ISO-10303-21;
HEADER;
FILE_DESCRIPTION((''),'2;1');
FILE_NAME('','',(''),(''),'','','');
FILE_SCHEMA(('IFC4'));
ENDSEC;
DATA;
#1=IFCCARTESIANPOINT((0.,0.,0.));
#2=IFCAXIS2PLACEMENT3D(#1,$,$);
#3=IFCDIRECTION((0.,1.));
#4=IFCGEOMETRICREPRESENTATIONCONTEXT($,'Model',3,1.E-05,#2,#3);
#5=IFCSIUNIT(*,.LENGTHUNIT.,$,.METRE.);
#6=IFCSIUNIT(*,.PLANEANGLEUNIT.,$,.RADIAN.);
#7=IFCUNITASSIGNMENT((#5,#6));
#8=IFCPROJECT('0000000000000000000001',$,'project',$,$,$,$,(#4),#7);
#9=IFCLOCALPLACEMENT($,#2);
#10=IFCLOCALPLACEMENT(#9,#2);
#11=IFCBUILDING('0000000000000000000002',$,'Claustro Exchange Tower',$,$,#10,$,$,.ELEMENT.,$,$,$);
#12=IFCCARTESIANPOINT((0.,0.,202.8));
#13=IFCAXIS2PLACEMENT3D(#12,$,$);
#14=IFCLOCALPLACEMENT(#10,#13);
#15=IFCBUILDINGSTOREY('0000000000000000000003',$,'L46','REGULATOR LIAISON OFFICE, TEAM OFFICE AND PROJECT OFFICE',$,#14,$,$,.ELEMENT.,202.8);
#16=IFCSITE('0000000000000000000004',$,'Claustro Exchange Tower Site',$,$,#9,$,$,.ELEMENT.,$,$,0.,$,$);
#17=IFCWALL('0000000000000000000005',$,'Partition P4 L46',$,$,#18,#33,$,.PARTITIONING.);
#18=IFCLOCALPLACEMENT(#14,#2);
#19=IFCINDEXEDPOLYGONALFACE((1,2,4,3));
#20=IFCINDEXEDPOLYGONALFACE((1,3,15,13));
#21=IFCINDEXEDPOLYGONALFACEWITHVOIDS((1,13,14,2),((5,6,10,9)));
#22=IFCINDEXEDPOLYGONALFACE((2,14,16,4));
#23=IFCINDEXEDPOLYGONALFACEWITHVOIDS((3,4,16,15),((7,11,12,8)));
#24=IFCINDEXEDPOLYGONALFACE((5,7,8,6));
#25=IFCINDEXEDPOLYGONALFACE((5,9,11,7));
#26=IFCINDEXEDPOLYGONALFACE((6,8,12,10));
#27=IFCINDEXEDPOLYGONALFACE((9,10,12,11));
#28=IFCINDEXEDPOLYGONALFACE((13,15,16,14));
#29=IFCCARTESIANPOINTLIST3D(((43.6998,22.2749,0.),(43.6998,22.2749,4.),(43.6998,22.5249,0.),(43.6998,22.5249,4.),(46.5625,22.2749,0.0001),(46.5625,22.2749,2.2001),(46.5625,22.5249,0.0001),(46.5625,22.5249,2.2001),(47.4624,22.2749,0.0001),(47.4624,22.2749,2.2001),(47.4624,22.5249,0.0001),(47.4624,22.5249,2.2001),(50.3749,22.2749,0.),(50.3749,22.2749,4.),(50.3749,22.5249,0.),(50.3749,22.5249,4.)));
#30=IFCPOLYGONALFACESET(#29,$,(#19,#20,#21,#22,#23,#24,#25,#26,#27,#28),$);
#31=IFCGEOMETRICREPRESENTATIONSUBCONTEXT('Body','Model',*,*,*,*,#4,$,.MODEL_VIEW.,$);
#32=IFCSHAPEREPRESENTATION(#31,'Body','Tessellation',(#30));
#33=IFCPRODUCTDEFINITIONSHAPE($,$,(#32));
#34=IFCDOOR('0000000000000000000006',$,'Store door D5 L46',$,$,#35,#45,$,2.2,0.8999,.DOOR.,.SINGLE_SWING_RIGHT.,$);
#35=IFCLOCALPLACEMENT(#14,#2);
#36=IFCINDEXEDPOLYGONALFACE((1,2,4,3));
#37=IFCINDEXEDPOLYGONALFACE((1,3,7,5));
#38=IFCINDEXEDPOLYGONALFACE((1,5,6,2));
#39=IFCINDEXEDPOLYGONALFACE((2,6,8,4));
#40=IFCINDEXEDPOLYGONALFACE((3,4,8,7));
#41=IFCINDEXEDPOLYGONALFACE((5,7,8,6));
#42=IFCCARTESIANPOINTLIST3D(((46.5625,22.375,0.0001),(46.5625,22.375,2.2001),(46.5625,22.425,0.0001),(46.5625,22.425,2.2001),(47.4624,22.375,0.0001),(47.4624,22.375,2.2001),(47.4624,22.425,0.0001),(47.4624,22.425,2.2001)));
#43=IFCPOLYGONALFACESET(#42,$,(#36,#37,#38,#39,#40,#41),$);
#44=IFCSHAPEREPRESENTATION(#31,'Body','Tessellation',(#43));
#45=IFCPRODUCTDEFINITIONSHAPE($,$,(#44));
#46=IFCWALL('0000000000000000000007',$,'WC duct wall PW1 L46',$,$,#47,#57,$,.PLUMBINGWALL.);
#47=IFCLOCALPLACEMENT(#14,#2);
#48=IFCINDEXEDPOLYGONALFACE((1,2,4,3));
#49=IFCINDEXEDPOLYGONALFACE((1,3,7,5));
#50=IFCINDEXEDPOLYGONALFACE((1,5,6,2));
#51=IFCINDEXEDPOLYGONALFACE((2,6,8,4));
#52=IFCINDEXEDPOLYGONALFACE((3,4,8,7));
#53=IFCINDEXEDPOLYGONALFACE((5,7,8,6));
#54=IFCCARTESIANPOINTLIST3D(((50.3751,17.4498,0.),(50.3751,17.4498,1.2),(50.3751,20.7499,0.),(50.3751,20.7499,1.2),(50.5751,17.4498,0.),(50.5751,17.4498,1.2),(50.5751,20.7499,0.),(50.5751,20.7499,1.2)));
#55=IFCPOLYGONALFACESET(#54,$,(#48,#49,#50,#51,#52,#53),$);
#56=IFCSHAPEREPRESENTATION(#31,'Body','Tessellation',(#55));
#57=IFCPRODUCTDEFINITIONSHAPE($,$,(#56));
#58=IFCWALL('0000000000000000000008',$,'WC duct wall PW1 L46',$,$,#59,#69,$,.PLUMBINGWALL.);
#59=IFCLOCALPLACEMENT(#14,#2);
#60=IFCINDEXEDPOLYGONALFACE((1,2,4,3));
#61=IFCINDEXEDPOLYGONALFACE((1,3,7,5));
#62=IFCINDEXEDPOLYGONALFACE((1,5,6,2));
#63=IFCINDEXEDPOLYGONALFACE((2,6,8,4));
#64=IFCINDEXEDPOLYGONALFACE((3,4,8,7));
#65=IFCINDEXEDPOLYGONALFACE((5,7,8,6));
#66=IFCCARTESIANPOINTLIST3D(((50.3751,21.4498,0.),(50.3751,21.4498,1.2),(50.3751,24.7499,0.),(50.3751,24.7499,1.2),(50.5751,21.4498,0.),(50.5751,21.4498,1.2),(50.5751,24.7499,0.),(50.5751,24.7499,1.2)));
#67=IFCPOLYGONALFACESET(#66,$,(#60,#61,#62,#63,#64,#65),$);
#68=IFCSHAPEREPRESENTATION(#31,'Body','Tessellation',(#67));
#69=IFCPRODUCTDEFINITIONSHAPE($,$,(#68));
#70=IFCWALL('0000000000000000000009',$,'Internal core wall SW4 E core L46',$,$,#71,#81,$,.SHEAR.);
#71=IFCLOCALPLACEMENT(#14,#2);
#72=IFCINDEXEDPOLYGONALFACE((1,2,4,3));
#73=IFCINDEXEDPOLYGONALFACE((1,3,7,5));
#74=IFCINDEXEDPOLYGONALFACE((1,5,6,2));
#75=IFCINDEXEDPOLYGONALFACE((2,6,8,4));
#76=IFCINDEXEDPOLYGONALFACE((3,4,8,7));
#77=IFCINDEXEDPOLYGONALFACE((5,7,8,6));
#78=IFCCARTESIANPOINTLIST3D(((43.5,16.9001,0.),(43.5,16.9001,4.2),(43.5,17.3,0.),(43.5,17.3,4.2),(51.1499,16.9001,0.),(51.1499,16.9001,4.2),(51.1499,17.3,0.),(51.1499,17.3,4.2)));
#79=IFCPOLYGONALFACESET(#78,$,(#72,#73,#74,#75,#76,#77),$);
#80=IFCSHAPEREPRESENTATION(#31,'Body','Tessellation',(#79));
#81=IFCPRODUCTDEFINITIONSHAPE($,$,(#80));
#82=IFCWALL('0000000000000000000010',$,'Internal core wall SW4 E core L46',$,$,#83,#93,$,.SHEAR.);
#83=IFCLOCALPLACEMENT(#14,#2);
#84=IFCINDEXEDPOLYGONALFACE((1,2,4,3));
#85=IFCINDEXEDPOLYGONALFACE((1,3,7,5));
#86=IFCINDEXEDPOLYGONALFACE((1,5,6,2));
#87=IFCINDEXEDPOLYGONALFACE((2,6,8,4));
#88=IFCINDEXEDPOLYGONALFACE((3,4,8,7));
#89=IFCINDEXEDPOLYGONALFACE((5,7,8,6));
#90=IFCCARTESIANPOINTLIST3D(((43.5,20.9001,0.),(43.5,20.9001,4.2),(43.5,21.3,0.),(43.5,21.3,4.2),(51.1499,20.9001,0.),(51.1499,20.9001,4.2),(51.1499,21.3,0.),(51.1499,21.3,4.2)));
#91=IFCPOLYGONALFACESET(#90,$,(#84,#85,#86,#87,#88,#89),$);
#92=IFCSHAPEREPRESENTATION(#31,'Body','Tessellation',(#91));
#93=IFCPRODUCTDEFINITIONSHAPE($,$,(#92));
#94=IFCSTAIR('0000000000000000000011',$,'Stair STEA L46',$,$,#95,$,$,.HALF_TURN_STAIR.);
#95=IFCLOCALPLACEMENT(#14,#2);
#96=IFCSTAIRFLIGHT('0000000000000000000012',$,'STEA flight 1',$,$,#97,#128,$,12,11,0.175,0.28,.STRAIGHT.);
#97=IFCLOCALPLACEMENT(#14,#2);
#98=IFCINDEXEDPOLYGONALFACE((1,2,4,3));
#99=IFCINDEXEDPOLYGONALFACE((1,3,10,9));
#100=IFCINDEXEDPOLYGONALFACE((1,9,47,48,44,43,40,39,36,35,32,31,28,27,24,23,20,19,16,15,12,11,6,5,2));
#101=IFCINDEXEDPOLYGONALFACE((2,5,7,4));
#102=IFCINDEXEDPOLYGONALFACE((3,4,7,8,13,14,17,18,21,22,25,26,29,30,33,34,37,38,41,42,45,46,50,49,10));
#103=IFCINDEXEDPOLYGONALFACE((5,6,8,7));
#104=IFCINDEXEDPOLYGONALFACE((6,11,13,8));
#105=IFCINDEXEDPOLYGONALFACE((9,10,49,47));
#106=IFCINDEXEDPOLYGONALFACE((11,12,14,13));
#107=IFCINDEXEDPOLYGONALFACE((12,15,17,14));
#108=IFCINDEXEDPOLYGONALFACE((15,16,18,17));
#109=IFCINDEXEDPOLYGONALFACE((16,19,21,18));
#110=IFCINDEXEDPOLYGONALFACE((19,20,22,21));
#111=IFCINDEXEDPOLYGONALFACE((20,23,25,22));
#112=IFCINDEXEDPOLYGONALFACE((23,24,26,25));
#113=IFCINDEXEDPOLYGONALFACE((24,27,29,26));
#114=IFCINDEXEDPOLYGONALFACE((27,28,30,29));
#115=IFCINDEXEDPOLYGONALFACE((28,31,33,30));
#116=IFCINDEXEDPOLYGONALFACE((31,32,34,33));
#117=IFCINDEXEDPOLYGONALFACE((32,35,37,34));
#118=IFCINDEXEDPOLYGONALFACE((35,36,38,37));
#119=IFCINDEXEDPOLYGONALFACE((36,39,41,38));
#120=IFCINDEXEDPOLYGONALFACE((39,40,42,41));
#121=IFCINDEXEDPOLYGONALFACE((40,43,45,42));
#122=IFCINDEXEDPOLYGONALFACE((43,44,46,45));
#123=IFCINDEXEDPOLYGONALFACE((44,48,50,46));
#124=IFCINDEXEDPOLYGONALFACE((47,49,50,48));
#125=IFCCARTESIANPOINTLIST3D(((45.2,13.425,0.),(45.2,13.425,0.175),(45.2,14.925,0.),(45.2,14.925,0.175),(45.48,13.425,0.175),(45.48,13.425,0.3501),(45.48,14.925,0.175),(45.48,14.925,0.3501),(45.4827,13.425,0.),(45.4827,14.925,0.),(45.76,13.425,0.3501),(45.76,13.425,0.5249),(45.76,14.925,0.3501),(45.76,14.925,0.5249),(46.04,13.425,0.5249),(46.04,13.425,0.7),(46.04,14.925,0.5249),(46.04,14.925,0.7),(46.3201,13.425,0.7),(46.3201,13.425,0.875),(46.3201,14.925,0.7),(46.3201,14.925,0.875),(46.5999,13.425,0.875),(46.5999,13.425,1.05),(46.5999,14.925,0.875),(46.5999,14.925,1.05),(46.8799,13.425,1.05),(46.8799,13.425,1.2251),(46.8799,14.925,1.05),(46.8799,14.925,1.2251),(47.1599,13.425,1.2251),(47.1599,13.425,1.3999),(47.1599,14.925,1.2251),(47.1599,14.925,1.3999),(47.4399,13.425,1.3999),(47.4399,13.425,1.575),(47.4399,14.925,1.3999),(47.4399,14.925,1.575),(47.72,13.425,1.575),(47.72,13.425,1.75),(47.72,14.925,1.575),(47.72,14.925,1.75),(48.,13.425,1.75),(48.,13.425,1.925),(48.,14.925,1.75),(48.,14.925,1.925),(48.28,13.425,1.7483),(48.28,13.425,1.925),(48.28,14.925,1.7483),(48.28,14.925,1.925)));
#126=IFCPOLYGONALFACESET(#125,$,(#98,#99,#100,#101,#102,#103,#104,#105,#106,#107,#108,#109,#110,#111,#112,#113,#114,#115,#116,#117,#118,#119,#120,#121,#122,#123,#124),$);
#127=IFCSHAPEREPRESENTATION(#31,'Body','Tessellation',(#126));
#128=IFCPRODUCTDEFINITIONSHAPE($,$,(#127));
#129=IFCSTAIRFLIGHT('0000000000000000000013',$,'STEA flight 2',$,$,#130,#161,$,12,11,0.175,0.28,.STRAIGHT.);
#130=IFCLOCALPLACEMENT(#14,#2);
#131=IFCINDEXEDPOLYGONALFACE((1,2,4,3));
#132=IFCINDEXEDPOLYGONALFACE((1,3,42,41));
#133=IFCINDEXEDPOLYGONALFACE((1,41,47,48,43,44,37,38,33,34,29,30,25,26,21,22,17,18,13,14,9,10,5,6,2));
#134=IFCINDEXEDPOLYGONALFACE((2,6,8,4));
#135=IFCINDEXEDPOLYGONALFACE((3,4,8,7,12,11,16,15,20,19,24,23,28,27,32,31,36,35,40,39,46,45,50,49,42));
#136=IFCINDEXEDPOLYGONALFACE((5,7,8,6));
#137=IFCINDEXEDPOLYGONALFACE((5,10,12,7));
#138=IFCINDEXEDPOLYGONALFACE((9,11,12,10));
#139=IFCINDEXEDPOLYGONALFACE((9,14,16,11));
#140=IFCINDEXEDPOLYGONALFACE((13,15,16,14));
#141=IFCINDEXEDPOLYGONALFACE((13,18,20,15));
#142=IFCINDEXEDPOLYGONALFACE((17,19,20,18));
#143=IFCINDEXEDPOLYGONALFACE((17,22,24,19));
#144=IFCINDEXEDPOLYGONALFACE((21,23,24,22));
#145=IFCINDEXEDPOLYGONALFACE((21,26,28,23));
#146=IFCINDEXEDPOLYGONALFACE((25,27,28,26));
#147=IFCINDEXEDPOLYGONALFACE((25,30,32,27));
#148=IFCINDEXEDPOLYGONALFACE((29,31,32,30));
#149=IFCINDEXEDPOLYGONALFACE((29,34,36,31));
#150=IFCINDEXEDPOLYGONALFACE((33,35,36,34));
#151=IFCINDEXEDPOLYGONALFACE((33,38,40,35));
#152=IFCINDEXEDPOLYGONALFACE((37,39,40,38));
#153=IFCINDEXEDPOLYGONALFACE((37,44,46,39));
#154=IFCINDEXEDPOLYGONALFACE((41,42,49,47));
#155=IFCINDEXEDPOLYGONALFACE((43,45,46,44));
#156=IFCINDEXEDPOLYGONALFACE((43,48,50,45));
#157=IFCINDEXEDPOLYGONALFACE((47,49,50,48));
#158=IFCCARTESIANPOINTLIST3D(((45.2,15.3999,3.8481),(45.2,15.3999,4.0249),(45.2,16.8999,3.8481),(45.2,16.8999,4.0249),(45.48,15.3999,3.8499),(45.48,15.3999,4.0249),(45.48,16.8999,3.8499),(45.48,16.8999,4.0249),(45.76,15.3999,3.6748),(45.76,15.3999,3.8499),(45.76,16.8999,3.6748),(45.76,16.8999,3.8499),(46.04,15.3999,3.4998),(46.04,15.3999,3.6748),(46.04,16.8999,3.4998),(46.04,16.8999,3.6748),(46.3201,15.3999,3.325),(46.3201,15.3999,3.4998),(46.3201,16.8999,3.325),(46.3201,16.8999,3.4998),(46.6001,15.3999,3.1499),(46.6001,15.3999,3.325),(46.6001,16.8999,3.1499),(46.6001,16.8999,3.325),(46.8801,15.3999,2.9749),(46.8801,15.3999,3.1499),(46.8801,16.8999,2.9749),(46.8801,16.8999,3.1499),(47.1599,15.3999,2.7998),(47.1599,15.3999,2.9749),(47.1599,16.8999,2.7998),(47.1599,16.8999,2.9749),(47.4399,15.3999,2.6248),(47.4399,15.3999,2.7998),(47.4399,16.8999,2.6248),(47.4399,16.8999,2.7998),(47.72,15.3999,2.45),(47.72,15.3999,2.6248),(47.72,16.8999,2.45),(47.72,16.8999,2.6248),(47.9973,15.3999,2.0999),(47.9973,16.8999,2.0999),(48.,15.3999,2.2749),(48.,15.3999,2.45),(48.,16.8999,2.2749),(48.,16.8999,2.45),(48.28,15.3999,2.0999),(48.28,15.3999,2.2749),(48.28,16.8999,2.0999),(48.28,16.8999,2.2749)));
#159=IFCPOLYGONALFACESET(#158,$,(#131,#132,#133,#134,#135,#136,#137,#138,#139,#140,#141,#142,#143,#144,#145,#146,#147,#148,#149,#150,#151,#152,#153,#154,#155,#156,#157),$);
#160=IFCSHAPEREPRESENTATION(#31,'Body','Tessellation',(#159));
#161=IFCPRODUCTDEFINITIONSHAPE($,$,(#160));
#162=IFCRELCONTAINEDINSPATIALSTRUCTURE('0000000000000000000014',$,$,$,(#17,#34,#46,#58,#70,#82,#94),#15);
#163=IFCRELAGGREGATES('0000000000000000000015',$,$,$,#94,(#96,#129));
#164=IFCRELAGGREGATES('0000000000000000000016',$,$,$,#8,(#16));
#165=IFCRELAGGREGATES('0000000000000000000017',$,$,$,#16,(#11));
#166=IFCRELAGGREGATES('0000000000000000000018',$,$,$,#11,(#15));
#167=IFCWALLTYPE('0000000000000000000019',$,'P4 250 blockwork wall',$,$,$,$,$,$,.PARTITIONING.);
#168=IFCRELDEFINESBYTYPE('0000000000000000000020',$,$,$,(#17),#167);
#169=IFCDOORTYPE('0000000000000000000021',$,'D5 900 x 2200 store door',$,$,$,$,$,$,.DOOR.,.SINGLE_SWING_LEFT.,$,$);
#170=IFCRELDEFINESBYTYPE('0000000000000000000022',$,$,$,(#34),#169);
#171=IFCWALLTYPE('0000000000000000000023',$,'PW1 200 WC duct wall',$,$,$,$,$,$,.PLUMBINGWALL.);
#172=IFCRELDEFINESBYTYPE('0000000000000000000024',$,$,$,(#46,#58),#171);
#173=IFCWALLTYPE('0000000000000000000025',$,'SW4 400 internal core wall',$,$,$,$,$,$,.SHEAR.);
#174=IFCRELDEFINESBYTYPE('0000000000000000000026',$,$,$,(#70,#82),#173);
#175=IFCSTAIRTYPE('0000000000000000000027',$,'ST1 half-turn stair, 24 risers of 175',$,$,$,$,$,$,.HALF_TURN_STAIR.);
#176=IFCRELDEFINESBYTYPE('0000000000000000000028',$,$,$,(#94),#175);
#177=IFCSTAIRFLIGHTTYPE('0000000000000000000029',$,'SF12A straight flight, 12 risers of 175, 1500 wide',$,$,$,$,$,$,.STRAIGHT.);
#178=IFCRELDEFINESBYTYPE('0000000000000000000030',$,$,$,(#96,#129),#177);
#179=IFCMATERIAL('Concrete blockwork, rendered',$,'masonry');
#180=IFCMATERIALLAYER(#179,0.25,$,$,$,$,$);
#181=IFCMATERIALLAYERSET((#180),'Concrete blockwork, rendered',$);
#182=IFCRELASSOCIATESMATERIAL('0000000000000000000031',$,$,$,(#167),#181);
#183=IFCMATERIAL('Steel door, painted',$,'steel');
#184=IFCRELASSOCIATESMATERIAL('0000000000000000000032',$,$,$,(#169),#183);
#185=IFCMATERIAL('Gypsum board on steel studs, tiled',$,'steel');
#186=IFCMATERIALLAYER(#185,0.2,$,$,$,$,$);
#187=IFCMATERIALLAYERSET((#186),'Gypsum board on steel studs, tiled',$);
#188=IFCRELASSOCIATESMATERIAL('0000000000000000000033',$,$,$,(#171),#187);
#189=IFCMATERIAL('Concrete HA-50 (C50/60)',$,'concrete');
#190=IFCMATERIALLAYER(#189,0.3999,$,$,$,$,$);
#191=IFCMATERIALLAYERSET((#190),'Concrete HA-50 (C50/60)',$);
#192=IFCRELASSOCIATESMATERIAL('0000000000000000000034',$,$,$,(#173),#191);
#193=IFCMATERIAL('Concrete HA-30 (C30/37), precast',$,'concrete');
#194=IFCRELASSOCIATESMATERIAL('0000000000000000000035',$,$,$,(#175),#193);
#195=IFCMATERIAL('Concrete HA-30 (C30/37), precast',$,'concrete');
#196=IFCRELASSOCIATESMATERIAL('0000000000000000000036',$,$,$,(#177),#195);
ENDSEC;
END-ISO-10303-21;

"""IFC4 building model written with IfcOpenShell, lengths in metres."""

from ifc_helpers import new_model, si_unit, direction, frame, frame_2d, origin, place, context, subcontext, project, spatial, polyline, rectangle, outline, extrude, material, layer, layer_set, type_object, element, fill, aggregate, save


model = new_model("IFC4")

# Units and contexts
model_context = context("Model", 3, precision=1e-05, world=origin(), true_north=direction((0.0, 1.0)))
body_context = subcontext(model_context, "Body", "Model", "MODEL_VIEW")
ifc_project = project(units=[si_unit("LENGTHUNIT", "METRE"), si_unit("PLANEANGLEUNIT", "RADIAN")], contexts=[model_context])

# Site, building, storey
site_placement = place(None, origin())
site = spatial("IfcSite", under=ifc_project, at=site_placement, Name="Claustro Exchange Tower Site", CompositionType="ELEMENT", RefElevation=0.0)
building_placement = place(site_placement, origin())
building = spatial("IfcBuilding", under=site, at=building_placement, Name="Claustro Exchange Tower", CompositionType="ELEMENT")
storey_placement = place(building_placement, frame((0.0, 0.0, 202.8)))
storey = spatial("IfcBuildingStorey", under=building, at=storey_placement, Name="L46", Description="REGULATOR LIAISON OFFICE, TEAM OFFICE AND PROJECT OFFICE", CompositionType="ELEMENT", Elevation=202.8)

# Wall, opening, door
ifc_material_1 = material(Name="Concrete blockwork, rendered", Category="masonry")
ifc_layer_1 = layer(ifc_material_1, 0.25)
ifc_layer_set_1 = layer_set([ifc_layer_1], Name="Concrete blockwork, rendered")
wall_type_1 = type_object("IfcWallType", Name="P4 250 blockwork wall", PredefinedType="PARTITIONING", material=ifc_layer_set_1)
wall_placement = place(storey_placement, frame((43.7, 22.3999, 0.0), z_axis=(0.0, 0.0, 1.0), x_axis=(1.0, 0.0, 0.0)))
wall = element("IfcWall", 1, at=wall_placement, inside=storey, type_object=wall_type_1, Name="Partition P4 L46", PredefinedType="PARTITIONING", context=body_context, shape_type="SweptSolid", body=[
    extrude(rectangle(XDim=6.675, YDim=0.25, at=frame_2d((3.3374, 0.0))), origin(), (0.0, 0.0, 1.0), 4.0),
])
opening_placement = place(wall_placement, frame((2.8625, 0.0, 0.0)))
opening = element("IfcOpeningElement", 2, at=opening_placement, cuts=wall, PredefinedType="OPENING", context=body_context, shape_type="SweptSolid", body=[
    extrude(rectangle(XDim=0.8999, YDim=2.2, at=frame_2d((0.45, 1.1001))), frame((0.0, 0.135, 0.0), z_axis=(0.0, -1.0, 0.0), x_axis=(1.0, 0.0, 0.0)), (0.0, 0.0, 1.0), 0.27),
])
ifc_material_2 = material(Name="Steel door, painted", Category="steel")
door_type = type_object("IfcDoorType", Name="D5 900 x 2200 store door", OperationType="SINGLE_SWING_LEFT", PredefinedType="DOOR", material=ifc_material_2)
door_placement = place(opening_placement, frame((0.8999, 0.0, 0.0), z_axis=(0.0, 0.0, 1.0), x_axis=(-1.0, 0.0, 0.0)))
door = element("IfcDoor", 3, at=door_placement, inside=storey, type_object=door_type, Name="Store door D5 L46", OperationType="SINGLE_SWING_RIGHT", OverallHeight=2.2, OverallWidth=0.8999, PredefinedType="DOOR", context=body_context, shape_type="SweptSolid", body=[
    extrude(rectangle(XDim=0.8999, YDim=2.2, at=frame_2d((0.45, 1.1001))), frame((0.0, 0.0249, 0.0), z_axis=(0.0, -1.0, 0.0), x_axis=(1.0, 0.0, 0.0)), (0.0, 0.0, 1.0), 0.05),
])
fill(opening, door)

# Walls
ifc_material_3 = material(Name="Gypsum board on steel studs, tiled", Category="steel")
ifc_layer_2 = layer(ifc_material_3, 0.2)
ifc_layer_set_2 = layer_set([ifc_layer_2], Name="Gypsum board on steel studs, tiled")
wall_type_2 = type_object("IfcWallType", Name="PW1 200 WC duct wall", PredefinedType="PLUMBINGWALL", material=ifc_layer_set_2)
for number, where, z_axis, x_axis, name in (
    (4, (50.4751, 17.45, 0.0), (0.0, 0.0, 1.0), (0.0, 1.0, 0.0), "WC duct wall PW1 L46"),
    (5, (50.4751, 21.45, 0.0), (0.0, 0.0, 1.0), (0.0, 1.0, 0.0), "WC duct wall PW1 L46"),
):
    element("IfcWall", number, at=place(storey_placement, frame(where, z_axis=z_axis, x_axis=x_axis)), inside=storey, type_object=wall_type_2, Name=name, PredefinedType="PLUMBINGWALL", context=body_context, shape_type="SweptSolid", body=[
        extrude(rectangle(XDim=3.3, YDim=0.2, at=frame_2d((1.6499, 0.0))), origin(), (0.0, 0.0, 1.0), 1.2),
    ])
ifc_material_4 = material(Name="Concrete HA-50 (C50/60)", Category="concrete")
ifc_layer_3 = layer(ifc_material_4, 0.3999)
ifc_layer_set_3 = layer_set([ifc_layer_3], Name="Concrete HA-50 (C50/60)")
wall_type_3 = type_object("IfcWallType", Name="SW4 400 internal core wall", PredefinedType="SHEAR", material=ifc_layer_set_3)
for number, where, z_axis, x_axis, name in (
    (6, (51.1499, 17.1001, 0.0), (0.0, 0.0, 1.0), (-1.0, 0.0, 0.0), "Internal core wall SW4 E core L46"),
    (7, (51.1499, 21.1001, 0.0), (0.0, 0.0, 1.0), (-1.0, 0.0, 0.0), "Internal core wall SW4 E core L46"),
):
    element("IfcWall", number, at=place(storey_placement, frame(where, z_axis=z_axis, x_axis=x_axis)), inside=storey, type_object=wall_type_3, Name=name, PredefinedType="SHEAR", context=body_context, shape_type="SweptSolid", body=[
        extrude(rectangle(XDim=7.6499, YDim=0.3999, at=frame_2d((3.825, 0.0))), origin(), (0.0, 0.0, 1.0), 4.2),
    ])

# Stair, stair flights
ifc_material_5 = material(Name="Concrete HA-30 (C30/37), precast", Category="concrete")
stair_type = type_object("IfcStairType", Name="ST1 half-turn stair, 24 risers of 175", PredefinedType="HALF_TURN_STAIR", material=ifc_material_5)
stair_placement = place(storey_placement, origin())
stair = element("IfcStair", 8, at=stair_placement, inside=storey, type_object=stair_type, Name="Stair STEA L46", PredefinedType="HALF_TURN_STAIR")
ifc_material_6 = material(Name="Concrete HA-30 (C30/37), precast", Category="concrete")
stair_flight_type = type_object("IfcStairFlightType", Name="SF12A straight flight, 12 risers of 175, 1500 wide", PredefinedType="STRAIGHT", material=ifc_material_6)
stair_flight_1_placement = place(storey_placement, frame((45.2, 14.175, 0.0), z_axis=(0.0, 0.0, 1.0), x_axis=(1.0, 0.0, 0.0)))
stair_flight_1 = element("IfcStairFlight", 9, at=stair_flight_1_placement, type_object=stair_flight_type, Name="STEA flight 1", NumberOfRisers=12, NumberOfTreads=11, PredefinedType="STRAIGHT", RiserHeight=0.175, TreadLength=0.28, context=body_context, shape_type="SweptSolid", body=[
    extrude(outline(polyline([(0.0, 0.0), (0.0, 0.175), (0.28, 0.175), (0.28, 0.3501), (0.5601, 0.3501), (0.5601, 0.5249), (0.8401, 0.5249), (0.8401, 0.7), (1.1201, 0.7), (1.1201, 0.875), (1.3999, 0.875), (1.3999, 1.05), (1.6799, 1.05), (1.6799, 1.2251), (1.96, 1.2251), (1.96, 1.3999), (2.24, 1.3999), (2.24, 1.575), (2.52, 1.575), (2.52, 1.75), (2.8, 1.75), (2.8, 1.925), (3.0801, 1.925), (3.0801, 2.1001), (3.0801, 1.7483), (0.2827, 0.0), (0.0, 0.0)])), frame((0.0, 0.75, 0.0), z_axis=(0.0, -1.0, 0.0), x_axis=(1.0, 0.0, 0.0)), (0.0, 0.0, 1.0), 1.5),
])
stair_flight_2_placement = place(storey_placement, frame((48.28, 16.1499, 2.0999), z_axis=(0.0, 0.0, 1.0), x_axis=(-1.0, 0.0, 0.0)))
stair_flight_2 = element("IfcStairFlight", 10, at=stair_flight_2_placement, type_object=stair_flight_type, Name="STEA flight 2", NumberOfRisers=12, NumberOfTreads=11, PredefinedType="STRAIGHT", RiserHeight=0.175, TreadLength=0.28, context=body_context, shape_type="SweptSolid", body=[
    extrude(outline(polyline([(0.0, 0.0), (0.0, 0.175), (0.28, 0.175), (0.28, 0.3501), (0.5601, 0.3501), (0.5601, 0.5249), (0.8401, 0.5249), (0.8401, 0.7), (1.1201, 0.7), (1.1201, 0.875), (1.3999, 0.875), (1.3999, 1.05), (1.6799, 1.05), (1.6799, 1.2251), (1.96, 1.2251), (1.96, 1.3999), (2.24, 1.3999), (2.24, 1.575), (2.52, 1.575), (2.52, 1.75), (2.8, 1.75), (2.8, 1.925), (3.0801, 1.925), (3.0801, 2.1001), (3.0801, 1.7483), (0.2827, 0.0), (0.0, 0.0)])), frame((0.0, 0.75, 0.0), z_axis=(0.0, -1.0, 0.0), x_axis=(1.0, 0.0, 0.0)), (0.0, 0.0, 1.0), 1.5),
])
aggregate(stair, [stair_flight_1, stair_flight_2])

save(model, "model.ifc")
